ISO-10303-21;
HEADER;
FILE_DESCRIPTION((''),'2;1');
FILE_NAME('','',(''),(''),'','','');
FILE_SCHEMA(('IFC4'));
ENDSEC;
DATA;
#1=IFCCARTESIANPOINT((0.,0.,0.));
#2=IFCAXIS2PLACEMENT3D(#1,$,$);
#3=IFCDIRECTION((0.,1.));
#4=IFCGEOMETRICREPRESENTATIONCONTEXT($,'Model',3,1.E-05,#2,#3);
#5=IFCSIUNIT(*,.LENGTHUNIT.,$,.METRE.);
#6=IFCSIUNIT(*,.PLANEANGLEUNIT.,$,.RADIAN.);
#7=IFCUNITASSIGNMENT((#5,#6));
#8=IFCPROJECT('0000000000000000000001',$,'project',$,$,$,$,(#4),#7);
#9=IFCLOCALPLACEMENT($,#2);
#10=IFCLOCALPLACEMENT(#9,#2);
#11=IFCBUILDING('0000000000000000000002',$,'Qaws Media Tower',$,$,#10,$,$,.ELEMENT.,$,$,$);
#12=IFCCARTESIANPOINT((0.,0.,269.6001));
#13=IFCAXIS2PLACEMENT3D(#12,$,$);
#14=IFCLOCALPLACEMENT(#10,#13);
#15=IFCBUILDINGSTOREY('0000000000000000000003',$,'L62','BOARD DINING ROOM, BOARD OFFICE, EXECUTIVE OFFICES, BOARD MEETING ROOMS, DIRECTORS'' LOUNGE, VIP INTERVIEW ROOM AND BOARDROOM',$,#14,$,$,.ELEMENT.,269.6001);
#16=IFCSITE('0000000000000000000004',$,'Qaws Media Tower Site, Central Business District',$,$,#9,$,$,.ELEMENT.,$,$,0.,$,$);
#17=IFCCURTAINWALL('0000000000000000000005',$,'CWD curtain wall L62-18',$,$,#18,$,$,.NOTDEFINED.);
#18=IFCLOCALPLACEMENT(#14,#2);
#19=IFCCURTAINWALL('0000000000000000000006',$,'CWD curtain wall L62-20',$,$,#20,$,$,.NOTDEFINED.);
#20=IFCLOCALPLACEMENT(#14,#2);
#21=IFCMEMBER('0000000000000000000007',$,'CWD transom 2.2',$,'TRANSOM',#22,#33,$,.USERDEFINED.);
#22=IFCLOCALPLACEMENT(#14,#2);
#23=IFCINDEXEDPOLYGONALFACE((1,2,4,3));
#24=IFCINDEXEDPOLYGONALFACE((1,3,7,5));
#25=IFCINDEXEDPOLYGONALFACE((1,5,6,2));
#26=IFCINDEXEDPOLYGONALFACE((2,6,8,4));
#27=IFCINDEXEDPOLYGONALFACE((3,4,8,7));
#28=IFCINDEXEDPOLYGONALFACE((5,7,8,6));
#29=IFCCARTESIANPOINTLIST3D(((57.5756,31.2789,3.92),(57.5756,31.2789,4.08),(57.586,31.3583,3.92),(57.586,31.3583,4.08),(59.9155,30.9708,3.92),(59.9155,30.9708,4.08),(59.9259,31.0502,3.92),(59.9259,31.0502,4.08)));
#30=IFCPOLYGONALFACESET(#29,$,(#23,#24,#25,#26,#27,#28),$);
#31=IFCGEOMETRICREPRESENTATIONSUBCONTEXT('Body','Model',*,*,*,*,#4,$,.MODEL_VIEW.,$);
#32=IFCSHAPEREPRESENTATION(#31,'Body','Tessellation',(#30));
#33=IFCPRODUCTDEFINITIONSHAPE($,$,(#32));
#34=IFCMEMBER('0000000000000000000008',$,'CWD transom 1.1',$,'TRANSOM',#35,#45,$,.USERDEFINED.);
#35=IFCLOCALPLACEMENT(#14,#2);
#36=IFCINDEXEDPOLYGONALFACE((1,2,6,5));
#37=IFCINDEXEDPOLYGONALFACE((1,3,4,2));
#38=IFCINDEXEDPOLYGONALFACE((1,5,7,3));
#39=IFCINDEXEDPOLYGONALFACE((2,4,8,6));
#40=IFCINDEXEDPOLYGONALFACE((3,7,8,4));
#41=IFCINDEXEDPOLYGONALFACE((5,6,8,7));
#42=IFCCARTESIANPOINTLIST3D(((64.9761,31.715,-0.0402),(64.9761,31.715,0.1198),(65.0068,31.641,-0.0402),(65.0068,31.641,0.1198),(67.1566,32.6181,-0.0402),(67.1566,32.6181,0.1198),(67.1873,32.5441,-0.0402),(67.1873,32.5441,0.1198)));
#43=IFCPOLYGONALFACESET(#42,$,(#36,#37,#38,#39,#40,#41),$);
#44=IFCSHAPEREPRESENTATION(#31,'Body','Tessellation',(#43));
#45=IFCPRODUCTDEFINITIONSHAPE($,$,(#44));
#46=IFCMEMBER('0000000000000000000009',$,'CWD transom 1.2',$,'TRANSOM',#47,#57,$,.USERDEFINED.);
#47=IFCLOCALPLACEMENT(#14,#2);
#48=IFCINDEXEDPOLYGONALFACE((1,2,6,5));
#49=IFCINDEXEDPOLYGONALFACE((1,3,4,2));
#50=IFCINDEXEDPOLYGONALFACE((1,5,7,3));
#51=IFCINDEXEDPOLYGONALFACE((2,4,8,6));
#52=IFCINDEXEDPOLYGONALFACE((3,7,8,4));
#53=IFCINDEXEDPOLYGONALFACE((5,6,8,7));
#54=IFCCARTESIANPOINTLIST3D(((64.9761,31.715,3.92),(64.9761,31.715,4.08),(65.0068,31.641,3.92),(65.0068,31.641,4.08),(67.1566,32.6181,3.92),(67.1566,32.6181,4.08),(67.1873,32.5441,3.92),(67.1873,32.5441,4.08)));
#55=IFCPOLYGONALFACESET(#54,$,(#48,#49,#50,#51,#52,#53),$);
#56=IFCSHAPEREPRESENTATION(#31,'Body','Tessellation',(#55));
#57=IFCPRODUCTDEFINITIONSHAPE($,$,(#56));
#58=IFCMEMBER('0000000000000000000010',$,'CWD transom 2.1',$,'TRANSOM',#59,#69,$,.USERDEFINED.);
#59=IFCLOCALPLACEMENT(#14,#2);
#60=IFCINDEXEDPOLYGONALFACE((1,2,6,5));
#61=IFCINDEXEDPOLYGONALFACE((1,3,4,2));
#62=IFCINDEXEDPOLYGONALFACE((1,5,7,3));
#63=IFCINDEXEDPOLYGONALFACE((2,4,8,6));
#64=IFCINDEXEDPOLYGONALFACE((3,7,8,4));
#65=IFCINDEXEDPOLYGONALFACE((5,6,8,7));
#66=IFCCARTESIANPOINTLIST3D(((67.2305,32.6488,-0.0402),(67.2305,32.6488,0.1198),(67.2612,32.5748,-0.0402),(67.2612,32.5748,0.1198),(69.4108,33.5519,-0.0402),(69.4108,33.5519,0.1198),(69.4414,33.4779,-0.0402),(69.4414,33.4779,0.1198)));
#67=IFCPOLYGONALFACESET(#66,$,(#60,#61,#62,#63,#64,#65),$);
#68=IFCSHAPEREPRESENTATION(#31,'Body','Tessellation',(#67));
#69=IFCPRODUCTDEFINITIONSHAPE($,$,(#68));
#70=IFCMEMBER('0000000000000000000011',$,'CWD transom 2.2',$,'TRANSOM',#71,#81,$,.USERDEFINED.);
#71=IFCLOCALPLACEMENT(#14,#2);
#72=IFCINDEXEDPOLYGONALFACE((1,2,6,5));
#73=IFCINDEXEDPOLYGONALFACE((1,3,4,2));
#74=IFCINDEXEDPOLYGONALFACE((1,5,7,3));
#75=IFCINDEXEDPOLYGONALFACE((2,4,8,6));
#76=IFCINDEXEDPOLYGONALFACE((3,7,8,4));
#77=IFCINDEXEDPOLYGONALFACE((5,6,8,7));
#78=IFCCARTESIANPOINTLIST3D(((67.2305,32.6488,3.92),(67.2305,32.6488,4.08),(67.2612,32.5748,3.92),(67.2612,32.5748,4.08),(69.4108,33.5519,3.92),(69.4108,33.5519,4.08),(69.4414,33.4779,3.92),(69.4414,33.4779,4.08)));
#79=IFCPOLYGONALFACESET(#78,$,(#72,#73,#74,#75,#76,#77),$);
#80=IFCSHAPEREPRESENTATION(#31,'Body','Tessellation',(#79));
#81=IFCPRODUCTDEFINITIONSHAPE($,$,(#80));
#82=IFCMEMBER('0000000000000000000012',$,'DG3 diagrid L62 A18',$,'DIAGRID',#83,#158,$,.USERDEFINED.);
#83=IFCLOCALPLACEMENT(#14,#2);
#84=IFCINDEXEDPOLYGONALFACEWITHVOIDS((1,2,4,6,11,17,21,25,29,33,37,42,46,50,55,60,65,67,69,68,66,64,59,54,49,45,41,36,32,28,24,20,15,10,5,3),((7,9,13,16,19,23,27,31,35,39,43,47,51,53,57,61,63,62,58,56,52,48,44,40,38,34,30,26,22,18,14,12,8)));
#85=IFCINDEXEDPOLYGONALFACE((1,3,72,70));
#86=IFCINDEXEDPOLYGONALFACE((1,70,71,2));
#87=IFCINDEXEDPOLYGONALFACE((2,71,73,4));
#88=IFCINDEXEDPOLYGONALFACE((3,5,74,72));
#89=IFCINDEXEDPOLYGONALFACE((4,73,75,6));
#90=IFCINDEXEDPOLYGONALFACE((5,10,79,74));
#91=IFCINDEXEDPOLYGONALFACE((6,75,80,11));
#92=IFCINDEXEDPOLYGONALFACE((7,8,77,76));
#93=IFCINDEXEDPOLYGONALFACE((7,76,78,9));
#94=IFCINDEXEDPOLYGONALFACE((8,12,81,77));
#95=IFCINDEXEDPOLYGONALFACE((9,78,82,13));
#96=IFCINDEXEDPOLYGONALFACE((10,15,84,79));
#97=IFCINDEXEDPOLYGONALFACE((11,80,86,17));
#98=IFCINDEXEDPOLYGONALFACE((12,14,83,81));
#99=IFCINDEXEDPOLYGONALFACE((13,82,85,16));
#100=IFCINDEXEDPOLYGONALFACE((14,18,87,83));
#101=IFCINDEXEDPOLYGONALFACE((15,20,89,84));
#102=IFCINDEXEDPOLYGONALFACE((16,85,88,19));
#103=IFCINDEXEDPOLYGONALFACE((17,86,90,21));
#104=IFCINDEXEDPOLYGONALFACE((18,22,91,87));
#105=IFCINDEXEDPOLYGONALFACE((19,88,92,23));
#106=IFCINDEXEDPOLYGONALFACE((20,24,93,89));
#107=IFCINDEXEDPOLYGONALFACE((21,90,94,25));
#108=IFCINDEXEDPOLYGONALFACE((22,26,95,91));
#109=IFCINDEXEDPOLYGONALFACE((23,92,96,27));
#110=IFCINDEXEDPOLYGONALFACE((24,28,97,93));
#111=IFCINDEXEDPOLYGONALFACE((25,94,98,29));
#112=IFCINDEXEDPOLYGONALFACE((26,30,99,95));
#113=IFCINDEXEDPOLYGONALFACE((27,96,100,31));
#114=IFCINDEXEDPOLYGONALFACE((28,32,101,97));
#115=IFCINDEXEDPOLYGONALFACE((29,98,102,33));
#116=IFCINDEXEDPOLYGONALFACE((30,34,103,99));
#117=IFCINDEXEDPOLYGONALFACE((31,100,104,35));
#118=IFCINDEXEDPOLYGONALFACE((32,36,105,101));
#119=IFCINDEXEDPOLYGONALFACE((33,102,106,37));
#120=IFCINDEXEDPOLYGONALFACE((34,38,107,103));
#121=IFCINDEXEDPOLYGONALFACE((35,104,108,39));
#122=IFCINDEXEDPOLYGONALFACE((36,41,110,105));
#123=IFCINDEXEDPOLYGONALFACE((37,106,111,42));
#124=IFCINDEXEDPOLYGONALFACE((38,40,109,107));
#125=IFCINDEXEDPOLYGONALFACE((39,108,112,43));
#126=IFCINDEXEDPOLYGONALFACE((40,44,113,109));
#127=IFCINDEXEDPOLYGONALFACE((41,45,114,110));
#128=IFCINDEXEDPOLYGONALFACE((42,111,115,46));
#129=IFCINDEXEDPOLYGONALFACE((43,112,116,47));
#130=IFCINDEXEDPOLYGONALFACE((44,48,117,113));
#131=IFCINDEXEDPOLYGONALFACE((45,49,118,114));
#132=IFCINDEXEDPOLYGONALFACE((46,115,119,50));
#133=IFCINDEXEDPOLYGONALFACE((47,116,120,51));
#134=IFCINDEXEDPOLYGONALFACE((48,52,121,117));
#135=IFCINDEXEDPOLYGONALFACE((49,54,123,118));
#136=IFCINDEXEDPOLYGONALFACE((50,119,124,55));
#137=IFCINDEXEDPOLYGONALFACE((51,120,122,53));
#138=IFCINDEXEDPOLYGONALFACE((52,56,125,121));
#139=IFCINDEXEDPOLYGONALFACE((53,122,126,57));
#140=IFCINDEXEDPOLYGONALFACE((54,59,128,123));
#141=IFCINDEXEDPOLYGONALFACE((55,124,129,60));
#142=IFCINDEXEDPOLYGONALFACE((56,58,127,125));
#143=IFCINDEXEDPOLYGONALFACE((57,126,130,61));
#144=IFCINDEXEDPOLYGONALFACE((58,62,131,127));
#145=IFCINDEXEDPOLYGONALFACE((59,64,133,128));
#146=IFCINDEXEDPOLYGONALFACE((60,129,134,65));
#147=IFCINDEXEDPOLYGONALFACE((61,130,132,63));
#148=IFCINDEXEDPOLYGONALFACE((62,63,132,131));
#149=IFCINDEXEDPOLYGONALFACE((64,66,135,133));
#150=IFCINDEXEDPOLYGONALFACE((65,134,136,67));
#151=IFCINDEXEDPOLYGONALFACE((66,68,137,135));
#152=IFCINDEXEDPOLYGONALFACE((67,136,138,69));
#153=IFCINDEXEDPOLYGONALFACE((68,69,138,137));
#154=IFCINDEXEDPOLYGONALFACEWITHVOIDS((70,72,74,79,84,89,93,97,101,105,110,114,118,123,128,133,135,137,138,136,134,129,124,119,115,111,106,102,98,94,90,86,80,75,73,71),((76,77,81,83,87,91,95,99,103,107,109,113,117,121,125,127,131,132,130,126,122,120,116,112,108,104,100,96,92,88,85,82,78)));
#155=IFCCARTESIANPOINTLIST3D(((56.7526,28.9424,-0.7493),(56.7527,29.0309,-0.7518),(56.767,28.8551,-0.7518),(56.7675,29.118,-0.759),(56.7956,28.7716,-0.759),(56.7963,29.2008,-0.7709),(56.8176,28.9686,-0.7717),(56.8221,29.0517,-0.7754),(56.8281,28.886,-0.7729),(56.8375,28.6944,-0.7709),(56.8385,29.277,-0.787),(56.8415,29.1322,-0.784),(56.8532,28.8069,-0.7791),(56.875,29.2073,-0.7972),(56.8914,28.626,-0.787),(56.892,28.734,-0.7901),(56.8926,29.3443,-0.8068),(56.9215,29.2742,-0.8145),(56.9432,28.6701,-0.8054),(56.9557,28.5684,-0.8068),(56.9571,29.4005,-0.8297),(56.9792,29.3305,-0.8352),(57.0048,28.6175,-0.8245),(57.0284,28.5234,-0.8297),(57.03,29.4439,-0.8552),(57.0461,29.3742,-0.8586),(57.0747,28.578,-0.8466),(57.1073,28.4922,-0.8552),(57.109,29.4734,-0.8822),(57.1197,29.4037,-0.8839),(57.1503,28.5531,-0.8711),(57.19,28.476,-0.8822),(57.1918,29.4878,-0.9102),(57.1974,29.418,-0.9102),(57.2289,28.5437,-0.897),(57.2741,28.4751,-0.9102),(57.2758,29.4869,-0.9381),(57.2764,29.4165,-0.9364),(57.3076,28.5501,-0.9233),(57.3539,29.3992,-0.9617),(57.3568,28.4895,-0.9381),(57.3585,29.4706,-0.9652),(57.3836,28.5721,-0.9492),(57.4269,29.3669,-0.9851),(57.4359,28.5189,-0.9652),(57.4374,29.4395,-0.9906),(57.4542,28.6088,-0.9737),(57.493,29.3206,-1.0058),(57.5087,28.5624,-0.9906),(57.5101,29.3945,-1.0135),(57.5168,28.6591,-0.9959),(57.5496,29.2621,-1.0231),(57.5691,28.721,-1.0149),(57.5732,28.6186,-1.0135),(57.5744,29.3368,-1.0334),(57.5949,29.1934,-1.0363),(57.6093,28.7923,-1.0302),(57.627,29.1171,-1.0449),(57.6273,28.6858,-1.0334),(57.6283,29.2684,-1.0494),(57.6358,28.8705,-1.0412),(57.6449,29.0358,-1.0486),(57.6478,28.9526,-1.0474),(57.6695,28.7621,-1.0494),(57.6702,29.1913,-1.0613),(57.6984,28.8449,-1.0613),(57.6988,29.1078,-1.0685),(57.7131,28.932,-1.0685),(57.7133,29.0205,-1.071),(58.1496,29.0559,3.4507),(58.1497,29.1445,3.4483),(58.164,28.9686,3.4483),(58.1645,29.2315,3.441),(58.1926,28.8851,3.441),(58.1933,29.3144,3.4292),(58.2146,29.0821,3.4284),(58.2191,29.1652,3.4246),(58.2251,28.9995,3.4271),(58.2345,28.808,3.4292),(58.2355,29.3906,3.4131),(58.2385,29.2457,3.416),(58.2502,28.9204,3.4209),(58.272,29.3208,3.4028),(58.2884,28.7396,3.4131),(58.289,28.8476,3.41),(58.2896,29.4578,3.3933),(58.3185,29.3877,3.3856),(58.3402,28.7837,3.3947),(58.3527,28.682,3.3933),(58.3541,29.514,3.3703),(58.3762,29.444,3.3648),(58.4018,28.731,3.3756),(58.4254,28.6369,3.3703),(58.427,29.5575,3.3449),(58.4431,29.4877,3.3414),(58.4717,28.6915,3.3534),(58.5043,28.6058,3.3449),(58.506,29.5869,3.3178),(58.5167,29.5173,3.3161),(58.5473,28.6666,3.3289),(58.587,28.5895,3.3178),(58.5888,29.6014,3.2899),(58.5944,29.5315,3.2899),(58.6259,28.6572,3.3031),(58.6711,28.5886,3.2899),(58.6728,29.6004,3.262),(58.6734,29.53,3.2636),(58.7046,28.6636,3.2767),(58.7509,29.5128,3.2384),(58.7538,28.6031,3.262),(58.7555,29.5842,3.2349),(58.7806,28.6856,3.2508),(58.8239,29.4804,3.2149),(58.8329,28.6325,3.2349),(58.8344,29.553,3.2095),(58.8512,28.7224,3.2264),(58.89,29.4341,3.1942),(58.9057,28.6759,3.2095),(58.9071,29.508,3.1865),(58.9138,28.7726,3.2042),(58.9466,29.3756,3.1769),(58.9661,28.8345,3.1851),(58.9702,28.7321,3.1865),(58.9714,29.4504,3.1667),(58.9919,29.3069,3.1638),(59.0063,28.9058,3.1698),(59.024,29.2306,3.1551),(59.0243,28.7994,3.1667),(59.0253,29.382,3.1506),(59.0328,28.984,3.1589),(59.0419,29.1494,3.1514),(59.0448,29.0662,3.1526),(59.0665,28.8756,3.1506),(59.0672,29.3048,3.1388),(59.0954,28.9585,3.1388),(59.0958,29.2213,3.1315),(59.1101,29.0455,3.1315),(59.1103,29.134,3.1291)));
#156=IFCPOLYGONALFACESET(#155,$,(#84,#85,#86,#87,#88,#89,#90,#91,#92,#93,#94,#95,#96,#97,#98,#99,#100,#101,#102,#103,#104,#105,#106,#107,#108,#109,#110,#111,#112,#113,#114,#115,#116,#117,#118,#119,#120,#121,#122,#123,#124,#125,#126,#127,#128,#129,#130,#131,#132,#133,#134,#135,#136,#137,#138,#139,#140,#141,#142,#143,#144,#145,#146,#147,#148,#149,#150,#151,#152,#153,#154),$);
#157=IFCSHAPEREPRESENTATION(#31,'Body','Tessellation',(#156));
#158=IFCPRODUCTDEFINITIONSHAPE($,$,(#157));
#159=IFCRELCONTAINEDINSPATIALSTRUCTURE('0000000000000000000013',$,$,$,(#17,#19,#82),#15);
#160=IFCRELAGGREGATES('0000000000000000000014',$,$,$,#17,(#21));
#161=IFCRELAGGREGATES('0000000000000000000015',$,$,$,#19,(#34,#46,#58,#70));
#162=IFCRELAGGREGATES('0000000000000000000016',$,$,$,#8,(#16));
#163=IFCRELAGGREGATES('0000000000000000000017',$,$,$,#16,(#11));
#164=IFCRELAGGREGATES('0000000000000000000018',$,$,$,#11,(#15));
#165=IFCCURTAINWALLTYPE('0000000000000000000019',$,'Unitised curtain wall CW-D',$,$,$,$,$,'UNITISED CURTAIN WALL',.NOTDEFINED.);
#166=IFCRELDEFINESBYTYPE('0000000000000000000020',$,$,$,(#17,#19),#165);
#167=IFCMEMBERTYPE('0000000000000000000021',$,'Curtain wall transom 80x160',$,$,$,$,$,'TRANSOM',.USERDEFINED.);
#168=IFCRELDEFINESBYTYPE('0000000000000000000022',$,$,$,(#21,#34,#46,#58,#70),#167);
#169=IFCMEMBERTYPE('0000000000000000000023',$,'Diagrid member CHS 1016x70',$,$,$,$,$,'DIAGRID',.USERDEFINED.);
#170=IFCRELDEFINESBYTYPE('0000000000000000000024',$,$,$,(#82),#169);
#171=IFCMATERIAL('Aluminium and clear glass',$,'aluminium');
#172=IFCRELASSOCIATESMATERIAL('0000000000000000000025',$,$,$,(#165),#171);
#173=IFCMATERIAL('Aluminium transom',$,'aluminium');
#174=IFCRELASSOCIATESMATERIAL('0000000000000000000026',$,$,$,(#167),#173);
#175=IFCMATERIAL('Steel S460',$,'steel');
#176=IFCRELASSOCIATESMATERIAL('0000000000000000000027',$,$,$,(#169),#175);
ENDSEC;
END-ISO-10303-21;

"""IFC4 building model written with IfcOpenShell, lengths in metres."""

from ifc_helpers import new_model, si_unit, direction, frame, origin, origin_2d, place, context, subcontext, project, spatial, rectangle, hollow_circle, extrude, material, material_profile, profile_set, type_object, element, aggregate, save


model = new_model("IFC4")

# Units and contexts
model_context = context("Model", 3, precision=1e-05, world=origin(), true_north=direction((0.0, 1.0)))
body_context = subcontext(model_context, "Body", "Model", "MODEL_VIEW")
ifc_project = project(units=[si_unit("LENGTHUNIT", "METRE"), si_unit("PLANEANGLEUNIT", "RADIAN")], contexts=[model_context])

# Site, building, storey
site_placement = place(None, origin())
site = spatial("IfcSite", under=ifc_project, at=site_placement, Name="Qaws Media Tower Site, Central Business District", CompositionType="ELEMENT", RefElevation=0.0)
building_placement = place(site_placement, origin())
building = spatial("IfcBuilding", under=site, at=building_placement, Name="Qaws Media Tower", CompositionType="ELEMENT")
storey_placement = place(building_placement, frame((0.0, 0.0, 269.6001)))
storey = spatial("IfcBuildingStorey", under=building, at=storey_placement, Name="L62", Description="BOARD DINING ROOM, BOARD OFFICE, EXECUTIVE OFFICES, BOARD MEETING ROOMS, DIRECTORS' LOUNGE, VIP INTERVIEW ROOM AND BOARDROOM", CompositionType="ELEMENT", Elevation=269.6001)

# Curtain walls
ifc_material_1 = material(Name="Aluminium and clear glass", Category="aluminium")
curtain_wall_type = type_object("IfcCurtainWallType", Name="Unitised curtain wall CW-D", ElementType="UNITISED CURTAIN WALL", PredefinedType="NOTDEFINED", material=ifc_material_1)
curtain_wall_1_placement = place(storey_placement, origin())
curtain_wall_1 = element("IfcCurtainWall", 1, at=curtain_wall_1_placement, inside=storey, type_object=curtain_wall_type, Name="CWD curtain wall L62-18", PredefinedType="NOTDEFINED")
curtain_wall_2_placement = place(storey_placement, origin())
curtain_wall_2 = element("IfcCurtainWall", 2, at=curtain_wall_2_placement, inside=storey, type_object=curtain_wall_type, Name="CWD curtain wall L62-20", PredefinedType="NOTDEFINED")

# Members
ifc_material_2 = material(Name="Aluminium transom", Category="aluminium")
ifc_material_profile_1 = material_profile(ifc_material_2, rectangle(XDim=0.0801, YDim=0.1599, at=origin_2d()), Name="80x160")
ifc_profile_set_1 = profile_set([ifc_material_profile_1], Name="Aluminium transom")
member_type_1 = type_object("IfcMemberType", Name="Curtain wall transom 80x160", ElementType="TRANSOM", PredefinedType="USERDEFINED", material=ifc_profile_set_1)
member_1_placement = place(storey_placement, frame((57.5808, 31.3186, 4.0), z_axis=(0.991442, -0.130551, 0.0), x_axis=(0.130551, 0.991442, 0.0)))
member_1 = element("IfcMember", 3, at=member_1_placement, type_object=member_type_1, Name="CWD transom 2.2", ObjectType="TRANSOM", PredefinedType="USERDEFINED", context=body_context, shape_type="SweptSolid", body=[
    extrude(rectangle(XDim=0.0801, YDim=0.1599, at=origin_2d()), origin(), (0.0, 0.0, 1.0), 2.3601),
])
member_2_placement = place(storey_placement, frame((64.9915, 31.678, 0.0398), z_axis=(0.923892, 0.382653, 0.0), x_axis=(-0.382653, 0.923892, 0.0)))
member_2 = element("IfcMember", 4, at=member_2_placement, type_object=member_type_1, Name="CWD transom 1.1", ObjectType="TRANSOM", PredefinedType="USERDEFINED", context=body_context, shape_type="SweptSolid", body=[
    extrude(rectangle(XDim=0.0801, YDim=0.1599, at=origin_2d()), origin(), (0.0, 0.0, 1.0), 2.3601),
])
member_3_placement = place(storey_placement, frame((64.9915, 31.678, 4.0), z_axis=(0.923892, 0.382653, 0.0), x_axis=(-0.382653, 0.923892, 0.0)))
member_3 = element("IfcMember", 5, at=member_3_placement, type_object=member_type_1, Name="CWD transom 1.2", ObjectType="TRANSOM", PredefinedType="USERDEFINED", context=body_context, shape_type="SweptSolid", body=[
    extrude(rectangle(XDim=0.0801, YDim=0.1599, at=origin_2d()), origin(), (0.0, 0.0, 1.0), 2.3601),
])
member_4_placement = place(storey_placement, frame((67.2458, 32.6118, 0.0398), z_axis=(0.923877, 0.38269, 0.0), x_axis=(-0.38269, 0.923877, 0.0)))
member_4 = element("IfcMember", 6, at=member_4_placement, type_object=member_type_1, Name="CWD transom 2.1", ObjectType="TRANSOM", PredefinedType="USERDEFINED", context=body_context, shape_type="SweptSolid", body=[
    extrude(rectangle(XDim=0.0801, YDim=0.1599, at=origin_2d()), origin(), (0.0, 0.0, 1.0), 2.3599),
])
member_5_placement = place(storey_placement, frame((67.2458, 32.6118, 4.0), z_axis=(0.923877, 0.38269, 0.0), x_axis=(-0.38269, 0.923877, 0.0)))
member_5 = element("IfcMember", 7, at=member_5_placement, type_object=member_type_1, Name="CWD transom 2.2", ObjectType="TRANSOM", PredefinedType="USERDEFINED", context=body_context, shape_type="SweptSolid", body=[
    extrude(rectangle(XDim=0.0801, YDim=0.1599, at=origin_2d()), origin(), (0.0, 0.0, 1.0), 2.3599),
])

# Member
ifc_material_3 = material(Name="Steel S460", Category="steel")
ifc_material_profile_2 = material_profile(ifc_material_3, hollow_circle(Radius=0.5081, WallThickness=0.0701, at=origin_2d()), Name="CHS 1016x70")
ifc_profile_set_2 = profile_set([ifc_material_profile_2], Name="Steel S460")
member_type_2 = type_object("IfcMemberType", Name="Diagrid member CHS 1016x70", ElementType="DIAGRID", PredefinedType="USERDEFINED", material=ifc_profile_set_2)
for number, where, z_axis, x_axis, name in (
    (8, (57.2329, 28.9814, -0.9102), (0.315512, 0.02564, 0.948575), (-0.080998, 0.996714, 0.0), "DG3 diagrid L62 A18"),
):
    element("IfcMember", number, at=place(storey_placement, frame(where, z_axis=z_axis, x_axis=x_axis)), inside=storey, type_object=member_type_2, Name=name, ObjectType="DIAGRID", PredefinedType="USERDEFINED", context=body_context, shape_type="SweptSolid", body=[
        extrude(hollow_circle(Radius=0.5081, WallThickness=0.0701, at=origin_2d()), origin(), (0.0, 0.0, 1.0), 4.4277),
    ])

aggregate(curtain_wall_1, [member_1])
aggregate(curtain_wall_2, [member_2, member_3, member_4, member_5])

save(model, "model.ifc")
